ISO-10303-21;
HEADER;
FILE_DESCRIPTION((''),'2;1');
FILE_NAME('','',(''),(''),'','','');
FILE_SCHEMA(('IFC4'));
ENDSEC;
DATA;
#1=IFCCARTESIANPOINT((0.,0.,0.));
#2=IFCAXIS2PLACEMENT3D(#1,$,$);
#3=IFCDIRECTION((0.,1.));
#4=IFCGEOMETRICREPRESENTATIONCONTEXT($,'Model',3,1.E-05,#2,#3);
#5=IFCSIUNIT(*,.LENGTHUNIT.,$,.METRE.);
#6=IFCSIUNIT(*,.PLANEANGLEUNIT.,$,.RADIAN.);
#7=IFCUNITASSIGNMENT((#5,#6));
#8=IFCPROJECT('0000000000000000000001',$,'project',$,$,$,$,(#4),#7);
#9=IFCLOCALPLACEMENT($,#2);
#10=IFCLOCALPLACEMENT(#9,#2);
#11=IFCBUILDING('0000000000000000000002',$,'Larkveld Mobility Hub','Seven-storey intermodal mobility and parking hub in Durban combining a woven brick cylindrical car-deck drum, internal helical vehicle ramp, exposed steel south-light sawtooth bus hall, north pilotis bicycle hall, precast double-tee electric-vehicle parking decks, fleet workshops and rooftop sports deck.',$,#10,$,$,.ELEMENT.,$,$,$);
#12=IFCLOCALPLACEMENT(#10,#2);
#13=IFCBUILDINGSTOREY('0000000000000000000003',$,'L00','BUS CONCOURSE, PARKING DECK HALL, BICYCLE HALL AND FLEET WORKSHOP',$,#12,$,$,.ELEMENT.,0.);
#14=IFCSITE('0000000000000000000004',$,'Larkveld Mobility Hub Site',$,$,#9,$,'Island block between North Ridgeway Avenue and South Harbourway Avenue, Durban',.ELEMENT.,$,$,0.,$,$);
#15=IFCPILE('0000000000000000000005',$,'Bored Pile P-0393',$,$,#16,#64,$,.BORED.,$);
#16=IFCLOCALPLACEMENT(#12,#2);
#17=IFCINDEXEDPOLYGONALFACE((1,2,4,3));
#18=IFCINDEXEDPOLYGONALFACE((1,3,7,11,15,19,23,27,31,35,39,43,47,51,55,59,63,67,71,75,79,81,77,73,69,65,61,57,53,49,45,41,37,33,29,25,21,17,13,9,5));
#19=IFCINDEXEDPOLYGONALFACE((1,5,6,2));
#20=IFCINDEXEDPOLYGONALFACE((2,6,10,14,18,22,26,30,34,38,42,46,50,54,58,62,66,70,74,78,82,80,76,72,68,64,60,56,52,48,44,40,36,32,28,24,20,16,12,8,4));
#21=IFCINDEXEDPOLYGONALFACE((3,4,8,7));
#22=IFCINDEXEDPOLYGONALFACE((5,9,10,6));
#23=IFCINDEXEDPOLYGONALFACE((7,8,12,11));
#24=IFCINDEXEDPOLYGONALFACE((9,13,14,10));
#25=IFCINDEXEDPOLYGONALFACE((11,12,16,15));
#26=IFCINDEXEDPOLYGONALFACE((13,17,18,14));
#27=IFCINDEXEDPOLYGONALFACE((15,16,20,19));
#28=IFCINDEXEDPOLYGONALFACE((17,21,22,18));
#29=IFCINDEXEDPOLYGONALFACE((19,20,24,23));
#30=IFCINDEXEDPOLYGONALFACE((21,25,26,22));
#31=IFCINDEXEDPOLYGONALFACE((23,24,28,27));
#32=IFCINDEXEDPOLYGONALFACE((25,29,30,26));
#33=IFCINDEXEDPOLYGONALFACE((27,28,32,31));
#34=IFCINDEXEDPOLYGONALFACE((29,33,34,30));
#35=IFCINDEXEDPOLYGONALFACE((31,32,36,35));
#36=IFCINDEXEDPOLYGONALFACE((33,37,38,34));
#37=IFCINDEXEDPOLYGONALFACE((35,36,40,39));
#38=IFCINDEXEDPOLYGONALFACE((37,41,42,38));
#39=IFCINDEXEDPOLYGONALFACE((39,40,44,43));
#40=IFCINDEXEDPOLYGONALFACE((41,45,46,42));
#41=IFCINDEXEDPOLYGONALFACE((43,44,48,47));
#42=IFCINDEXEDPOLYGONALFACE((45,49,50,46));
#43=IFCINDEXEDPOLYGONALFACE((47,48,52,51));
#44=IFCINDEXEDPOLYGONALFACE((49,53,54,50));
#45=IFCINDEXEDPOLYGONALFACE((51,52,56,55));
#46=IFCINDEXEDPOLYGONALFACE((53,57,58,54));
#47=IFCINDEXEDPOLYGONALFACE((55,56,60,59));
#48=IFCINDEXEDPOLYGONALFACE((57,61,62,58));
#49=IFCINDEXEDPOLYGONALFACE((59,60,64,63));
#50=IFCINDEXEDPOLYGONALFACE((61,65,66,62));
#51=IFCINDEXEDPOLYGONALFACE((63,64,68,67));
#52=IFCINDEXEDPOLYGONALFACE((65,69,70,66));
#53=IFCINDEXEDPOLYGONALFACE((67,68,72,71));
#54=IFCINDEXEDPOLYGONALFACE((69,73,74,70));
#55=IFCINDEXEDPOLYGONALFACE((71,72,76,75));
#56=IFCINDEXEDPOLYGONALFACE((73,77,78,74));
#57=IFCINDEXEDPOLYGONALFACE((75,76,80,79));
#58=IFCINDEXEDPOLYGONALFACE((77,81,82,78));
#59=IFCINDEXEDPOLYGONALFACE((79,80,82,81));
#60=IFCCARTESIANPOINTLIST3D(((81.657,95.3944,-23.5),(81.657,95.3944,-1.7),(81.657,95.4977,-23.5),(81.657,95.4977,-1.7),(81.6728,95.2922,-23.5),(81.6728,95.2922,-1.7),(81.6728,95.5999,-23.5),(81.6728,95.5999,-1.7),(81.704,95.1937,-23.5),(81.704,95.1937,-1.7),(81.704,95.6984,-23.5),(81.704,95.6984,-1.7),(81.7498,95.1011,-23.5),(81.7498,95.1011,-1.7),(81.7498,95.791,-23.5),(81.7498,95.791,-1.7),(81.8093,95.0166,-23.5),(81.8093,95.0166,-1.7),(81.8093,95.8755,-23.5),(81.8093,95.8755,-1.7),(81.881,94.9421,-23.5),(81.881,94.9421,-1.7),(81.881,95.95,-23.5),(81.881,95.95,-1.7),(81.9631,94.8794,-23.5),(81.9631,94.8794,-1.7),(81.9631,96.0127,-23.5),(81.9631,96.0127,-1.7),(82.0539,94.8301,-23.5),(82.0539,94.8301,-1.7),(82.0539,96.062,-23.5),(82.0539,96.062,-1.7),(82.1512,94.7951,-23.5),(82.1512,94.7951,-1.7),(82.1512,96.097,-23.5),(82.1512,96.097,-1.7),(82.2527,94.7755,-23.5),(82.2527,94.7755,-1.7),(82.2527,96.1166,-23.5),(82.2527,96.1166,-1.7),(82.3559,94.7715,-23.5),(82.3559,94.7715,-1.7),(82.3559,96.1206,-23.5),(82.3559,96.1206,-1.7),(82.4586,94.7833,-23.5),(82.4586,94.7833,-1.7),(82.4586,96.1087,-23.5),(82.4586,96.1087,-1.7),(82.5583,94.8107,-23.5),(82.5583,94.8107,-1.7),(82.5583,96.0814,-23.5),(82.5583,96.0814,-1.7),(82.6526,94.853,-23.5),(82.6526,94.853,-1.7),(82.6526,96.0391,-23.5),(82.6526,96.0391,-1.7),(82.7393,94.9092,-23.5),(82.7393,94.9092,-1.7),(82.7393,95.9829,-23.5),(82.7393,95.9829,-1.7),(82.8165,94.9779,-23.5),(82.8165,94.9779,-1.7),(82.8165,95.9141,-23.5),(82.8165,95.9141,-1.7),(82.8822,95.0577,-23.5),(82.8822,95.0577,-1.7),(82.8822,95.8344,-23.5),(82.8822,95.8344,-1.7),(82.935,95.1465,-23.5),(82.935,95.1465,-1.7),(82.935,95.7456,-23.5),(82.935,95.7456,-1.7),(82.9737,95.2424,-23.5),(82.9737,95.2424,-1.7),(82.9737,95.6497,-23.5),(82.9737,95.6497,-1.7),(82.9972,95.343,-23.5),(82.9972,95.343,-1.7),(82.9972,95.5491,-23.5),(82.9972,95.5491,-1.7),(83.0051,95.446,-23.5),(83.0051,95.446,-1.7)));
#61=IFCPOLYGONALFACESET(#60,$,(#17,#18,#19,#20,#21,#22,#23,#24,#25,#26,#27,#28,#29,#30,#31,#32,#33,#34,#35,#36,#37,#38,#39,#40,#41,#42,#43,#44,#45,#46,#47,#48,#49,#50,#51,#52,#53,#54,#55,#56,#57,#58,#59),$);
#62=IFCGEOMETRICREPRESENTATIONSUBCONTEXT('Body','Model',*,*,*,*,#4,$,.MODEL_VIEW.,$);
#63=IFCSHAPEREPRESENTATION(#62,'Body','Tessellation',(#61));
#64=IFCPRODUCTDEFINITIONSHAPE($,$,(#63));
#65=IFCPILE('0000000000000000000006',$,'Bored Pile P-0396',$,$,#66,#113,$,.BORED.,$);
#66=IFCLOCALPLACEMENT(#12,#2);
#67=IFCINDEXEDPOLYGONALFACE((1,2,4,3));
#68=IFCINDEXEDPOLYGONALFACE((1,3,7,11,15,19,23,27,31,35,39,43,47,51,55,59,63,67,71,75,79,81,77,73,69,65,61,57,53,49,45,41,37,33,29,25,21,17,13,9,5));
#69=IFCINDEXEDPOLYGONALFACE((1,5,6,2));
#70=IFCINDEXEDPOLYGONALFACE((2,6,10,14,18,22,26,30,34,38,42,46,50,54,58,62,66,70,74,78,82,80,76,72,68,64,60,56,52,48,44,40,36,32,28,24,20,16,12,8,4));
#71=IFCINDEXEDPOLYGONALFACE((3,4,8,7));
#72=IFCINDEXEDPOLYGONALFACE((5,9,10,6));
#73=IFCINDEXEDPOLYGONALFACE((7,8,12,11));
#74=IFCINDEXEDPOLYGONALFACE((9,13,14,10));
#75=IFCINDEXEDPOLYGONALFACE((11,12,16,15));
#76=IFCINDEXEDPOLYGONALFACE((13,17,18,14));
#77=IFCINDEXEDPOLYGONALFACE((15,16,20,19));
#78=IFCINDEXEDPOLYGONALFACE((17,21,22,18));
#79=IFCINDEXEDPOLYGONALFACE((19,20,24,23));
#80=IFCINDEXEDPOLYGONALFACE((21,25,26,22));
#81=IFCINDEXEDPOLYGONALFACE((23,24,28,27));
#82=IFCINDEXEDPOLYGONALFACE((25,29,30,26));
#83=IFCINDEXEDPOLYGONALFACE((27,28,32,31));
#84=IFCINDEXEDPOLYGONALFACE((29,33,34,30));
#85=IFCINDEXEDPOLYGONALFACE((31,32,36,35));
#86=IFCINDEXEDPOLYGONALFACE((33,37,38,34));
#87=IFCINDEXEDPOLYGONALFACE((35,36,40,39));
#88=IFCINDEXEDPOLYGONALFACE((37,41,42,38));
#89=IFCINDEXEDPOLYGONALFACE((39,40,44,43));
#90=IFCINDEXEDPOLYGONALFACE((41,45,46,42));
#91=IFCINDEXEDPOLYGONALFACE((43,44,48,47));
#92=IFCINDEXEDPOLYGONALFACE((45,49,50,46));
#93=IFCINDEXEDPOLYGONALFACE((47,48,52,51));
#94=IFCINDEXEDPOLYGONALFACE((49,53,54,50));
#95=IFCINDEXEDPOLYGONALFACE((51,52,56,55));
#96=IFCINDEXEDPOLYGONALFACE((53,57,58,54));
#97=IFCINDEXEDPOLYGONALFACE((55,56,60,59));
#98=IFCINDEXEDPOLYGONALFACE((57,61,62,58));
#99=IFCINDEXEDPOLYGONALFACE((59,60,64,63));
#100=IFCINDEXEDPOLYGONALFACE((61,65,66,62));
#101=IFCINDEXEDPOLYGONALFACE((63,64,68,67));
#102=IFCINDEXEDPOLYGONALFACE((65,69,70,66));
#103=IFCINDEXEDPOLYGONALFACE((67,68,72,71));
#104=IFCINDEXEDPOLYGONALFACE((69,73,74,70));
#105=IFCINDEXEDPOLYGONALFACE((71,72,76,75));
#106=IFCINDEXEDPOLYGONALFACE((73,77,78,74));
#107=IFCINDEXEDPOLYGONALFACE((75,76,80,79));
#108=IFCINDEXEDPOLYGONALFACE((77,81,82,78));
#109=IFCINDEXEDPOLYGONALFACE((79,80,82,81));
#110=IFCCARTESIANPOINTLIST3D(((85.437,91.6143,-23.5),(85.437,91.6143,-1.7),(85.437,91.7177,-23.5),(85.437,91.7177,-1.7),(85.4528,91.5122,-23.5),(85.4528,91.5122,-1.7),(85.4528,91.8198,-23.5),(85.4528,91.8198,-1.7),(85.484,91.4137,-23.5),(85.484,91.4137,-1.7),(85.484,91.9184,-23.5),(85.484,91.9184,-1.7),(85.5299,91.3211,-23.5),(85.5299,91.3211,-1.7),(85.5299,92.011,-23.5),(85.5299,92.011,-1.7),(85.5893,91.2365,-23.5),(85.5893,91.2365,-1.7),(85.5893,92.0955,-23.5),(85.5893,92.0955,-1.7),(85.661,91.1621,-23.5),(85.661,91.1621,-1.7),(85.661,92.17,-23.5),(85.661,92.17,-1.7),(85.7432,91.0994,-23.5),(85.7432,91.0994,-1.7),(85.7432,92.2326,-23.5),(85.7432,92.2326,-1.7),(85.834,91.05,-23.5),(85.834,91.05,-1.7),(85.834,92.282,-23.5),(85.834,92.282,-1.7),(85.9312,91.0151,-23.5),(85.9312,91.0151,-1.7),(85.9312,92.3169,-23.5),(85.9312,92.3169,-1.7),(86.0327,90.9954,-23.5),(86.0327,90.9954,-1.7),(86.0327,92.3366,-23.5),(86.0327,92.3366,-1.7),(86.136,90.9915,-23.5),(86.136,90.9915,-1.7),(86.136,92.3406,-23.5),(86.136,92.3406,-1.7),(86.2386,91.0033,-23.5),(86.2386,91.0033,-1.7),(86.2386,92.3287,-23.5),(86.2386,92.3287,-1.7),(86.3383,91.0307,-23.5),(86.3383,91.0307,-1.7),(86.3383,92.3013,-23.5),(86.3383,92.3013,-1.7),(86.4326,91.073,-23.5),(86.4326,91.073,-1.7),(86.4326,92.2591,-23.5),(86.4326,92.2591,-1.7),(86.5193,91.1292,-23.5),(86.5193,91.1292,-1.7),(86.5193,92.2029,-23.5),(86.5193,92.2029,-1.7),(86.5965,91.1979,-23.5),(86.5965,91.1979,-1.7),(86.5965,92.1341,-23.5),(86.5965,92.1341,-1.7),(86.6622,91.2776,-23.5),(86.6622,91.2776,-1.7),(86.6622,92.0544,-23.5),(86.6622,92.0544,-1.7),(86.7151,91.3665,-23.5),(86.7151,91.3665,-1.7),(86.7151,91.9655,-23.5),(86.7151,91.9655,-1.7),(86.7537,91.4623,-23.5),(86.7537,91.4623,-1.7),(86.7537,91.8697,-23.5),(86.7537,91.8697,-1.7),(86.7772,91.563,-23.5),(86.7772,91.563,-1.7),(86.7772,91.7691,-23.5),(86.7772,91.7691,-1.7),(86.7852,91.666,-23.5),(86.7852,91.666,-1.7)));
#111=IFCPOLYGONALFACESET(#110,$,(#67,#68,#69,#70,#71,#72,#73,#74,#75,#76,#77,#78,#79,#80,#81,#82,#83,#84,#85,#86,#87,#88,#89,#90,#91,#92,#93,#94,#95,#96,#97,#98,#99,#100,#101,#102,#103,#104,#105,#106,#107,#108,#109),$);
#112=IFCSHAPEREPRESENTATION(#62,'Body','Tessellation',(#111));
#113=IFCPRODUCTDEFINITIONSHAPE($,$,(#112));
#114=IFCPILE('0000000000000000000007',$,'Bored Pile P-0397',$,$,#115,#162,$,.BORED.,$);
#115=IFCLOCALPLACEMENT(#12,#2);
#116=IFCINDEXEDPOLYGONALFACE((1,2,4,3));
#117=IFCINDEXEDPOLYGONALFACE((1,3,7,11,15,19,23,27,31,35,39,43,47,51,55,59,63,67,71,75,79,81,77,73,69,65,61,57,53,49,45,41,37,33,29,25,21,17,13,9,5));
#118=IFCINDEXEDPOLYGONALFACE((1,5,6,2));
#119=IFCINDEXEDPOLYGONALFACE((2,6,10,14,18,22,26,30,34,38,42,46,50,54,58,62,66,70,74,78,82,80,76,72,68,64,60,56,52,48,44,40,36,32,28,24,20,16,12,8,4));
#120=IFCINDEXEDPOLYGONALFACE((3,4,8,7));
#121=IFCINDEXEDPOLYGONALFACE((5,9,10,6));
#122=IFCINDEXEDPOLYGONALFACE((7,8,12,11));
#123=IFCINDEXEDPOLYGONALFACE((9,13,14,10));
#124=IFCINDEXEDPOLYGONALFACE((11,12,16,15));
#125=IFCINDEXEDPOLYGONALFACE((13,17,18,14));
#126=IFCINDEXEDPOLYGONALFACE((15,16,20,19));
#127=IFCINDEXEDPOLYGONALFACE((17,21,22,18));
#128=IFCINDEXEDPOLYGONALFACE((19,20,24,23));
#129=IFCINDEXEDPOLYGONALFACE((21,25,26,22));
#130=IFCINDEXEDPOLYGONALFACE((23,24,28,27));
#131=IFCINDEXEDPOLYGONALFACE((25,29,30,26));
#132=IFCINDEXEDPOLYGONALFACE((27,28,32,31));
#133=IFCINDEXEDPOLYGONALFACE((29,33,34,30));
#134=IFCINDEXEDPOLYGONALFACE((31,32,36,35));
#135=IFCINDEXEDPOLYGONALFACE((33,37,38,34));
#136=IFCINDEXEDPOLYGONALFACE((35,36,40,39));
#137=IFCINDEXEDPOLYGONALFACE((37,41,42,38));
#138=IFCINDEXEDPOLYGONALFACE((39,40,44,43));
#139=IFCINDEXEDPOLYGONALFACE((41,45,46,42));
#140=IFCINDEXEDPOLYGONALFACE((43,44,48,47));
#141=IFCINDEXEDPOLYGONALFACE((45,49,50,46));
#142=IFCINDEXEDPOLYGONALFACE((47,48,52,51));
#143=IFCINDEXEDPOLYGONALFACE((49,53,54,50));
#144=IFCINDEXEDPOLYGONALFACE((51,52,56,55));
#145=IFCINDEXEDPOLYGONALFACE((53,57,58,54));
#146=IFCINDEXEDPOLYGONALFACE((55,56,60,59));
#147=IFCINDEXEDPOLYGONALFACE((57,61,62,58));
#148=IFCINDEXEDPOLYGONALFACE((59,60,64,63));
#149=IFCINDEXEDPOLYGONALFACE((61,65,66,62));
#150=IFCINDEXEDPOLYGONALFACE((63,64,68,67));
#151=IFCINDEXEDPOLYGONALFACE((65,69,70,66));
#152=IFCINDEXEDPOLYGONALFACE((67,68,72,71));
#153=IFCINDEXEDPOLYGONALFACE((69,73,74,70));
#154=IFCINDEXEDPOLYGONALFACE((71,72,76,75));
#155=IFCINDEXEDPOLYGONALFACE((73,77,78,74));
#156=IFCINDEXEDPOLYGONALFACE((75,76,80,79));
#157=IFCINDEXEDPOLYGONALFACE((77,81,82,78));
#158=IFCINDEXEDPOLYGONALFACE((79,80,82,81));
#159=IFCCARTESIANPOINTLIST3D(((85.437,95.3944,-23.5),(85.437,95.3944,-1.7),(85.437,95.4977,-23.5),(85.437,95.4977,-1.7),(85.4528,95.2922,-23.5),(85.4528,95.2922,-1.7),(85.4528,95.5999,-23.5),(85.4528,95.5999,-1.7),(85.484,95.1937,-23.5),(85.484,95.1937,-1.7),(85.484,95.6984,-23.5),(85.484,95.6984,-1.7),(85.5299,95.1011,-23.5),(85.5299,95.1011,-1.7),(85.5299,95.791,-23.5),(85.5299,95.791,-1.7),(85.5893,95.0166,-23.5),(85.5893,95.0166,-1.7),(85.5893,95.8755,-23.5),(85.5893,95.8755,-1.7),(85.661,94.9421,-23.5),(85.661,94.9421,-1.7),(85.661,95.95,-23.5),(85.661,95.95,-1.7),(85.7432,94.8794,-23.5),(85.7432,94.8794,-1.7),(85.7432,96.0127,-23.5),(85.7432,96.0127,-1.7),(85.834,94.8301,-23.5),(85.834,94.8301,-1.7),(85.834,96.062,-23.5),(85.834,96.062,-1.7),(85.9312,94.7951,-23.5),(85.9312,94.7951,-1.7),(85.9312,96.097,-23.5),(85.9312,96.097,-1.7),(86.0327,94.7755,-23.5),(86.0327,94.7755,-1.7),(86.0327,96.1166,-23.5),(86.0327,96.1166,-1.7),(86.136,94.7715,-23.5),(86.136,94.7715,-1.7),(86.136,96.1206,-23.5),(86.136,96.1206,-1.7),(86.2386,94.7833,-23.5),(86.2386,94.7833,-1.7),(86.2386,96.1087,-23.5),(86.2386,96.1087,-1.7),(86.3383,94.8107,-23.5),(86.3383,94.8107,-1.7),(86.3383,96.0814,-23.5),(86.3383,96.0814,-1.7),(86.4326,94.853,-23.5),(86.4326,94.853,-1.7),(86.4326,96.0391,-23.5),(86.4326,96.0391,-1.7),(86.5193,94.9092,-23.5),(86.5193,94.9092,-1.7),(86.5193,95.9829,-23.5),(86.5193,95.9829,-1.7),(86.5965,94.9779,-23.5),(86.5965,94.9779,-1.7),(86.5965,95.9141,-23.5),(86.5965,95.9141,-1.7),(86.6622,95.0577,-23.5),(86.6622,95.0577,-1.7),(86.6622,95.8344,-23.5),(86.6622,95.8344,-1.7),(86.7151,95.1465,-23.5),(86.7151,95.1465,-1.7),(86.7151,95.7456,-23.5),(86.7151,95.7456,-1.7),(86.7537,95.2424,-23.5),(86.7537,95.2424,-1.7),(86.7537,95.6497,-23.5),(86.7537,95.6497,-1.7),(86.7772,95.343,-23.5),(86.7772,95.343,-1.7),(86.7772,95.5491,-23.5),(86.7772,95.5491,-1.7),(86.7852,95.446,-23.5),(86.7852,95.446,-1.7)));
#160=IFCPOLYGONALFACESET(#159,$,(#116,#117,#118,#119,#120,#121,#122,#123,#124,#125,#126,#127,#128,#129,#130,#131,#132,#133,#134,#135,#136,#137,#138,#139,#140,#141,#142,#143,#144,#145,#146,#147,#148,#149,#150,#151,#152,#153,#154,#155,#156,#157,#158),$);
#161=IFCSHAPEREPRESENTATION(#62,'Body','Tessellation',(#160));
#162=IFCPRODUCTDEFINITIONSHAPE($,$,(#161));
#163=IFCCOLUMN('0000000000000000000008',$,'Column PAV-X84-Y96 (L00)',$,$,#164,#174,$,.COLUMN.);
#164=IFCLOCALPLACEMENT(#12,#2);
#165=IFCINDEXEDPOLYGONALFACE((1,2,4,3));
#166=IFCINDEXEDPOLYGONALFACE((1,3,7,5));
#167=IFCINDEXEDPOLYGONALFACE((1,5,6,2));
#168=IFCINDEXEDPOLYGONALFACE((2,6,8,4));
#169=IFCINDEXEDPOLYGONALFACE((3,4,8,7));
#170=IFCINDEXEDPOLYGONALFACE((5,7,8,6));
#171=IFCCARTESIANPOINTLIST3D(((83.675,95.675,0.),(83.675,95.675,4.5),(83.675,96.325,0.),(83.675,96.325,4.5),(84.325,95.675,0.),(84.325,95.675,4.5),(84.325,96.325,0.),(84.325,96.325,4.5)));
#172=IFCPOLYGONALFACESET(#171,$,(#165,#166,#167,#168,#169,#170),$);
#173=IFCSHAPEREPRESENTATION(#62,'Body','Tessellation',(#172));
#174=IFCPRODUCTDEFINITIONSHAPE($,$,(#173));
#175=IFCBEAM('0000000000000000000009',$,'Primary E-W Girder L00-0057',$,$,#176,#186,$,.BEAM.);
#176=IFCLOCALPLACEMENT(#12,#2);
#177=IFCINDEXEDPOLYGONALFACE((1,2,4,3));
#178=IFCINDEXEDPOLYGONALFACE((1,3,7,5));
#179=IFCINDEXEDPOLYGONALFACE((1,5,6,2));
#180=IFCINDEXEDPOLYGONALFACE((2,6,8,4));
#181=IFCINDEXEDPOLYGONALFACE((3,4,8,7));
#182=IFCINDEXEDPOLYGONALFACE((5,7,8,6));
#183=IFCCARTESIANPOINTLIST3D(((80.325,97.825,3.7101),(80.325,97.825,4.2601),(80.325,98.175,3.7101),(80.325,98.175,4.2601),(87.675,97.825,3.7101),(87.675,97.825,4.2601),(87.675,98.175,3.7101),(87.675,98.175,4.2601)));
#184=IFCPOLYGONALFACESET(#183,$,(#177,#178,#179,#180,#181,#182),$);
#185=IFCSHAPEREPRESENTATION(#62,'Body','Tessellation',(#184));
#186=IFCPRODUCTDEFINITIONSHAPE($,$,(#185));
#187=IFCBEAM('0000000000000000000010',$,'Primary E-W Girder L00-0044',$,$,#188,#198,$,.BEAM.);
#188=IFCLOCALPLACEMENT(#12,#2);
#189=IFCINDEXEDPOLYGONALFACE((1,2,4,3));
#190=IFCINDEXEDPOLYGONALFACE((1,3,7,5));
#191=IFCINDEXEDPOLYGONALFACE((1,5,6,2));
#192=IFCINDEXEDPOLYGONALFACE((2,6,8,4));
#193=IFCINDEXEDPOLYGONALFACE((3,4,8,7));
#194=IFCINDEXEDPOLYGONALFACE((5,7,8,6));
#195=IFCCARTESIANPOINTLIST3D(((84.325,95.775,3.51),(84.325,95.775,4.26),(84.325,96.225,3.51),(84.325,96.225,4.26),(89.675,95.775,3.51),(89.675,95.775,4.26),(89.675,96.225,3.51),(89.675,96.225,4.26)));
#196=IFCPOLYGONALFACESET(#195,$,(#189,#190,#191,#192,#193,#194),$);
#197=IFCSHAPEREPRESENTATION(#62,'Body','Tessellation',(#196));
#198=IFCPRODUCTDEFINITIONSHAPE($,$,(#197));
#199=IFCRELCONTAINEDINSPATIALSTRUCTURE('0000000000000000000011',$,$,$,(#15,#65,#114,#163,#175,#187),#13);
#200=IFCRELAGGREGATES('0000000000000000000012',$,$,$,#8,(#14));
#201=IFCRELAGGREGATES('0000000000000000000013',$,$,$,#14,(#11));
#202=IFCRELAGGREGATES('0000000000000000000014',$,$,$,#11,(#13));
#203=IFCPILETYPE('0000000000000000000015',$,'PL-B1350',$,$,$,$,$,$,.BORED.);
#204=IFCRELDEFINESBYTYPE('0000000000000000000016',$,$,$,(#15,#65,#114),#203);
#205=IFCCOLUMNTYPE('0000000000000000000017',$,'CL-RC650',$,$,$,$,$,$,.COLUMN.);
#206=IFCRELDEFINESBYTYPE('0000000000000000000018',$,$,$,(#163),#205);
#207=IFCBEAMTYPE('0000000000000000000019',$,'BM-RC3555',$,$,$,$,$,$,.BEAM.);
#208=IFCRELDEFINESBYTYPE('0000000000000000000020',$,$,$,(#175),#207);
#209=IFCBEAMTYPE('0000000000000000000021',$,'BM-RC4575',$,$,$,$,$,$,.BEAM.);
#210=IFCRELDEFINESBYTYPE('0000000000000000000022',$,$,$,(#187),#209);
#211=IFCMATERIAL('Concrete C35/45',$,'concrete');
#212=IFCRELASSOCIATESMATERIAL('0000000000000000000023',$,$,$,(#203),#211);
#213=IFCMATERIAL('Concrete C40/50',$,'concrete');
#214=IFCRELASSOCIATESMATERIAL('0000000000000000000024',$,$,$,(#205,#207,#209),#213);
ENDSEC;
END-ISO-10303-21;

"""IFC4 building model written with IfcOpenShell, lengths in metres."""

from ifc_helpers import new_model, si_unit, direction, frame, origin, origin_2d, place, context, subcontext, project, spatial, rectangle, circle, extrude, material, material_profile, profile_set, type_object, element, save


model = new_model("IFC4")

# Units and contexts
model_context = context("Model", 3, precision=1e-05, world=origin(), true_north=direction((0.0, 1.0)))
body_context = subcontext(model_context, "Body", "Model", "MODEL_VIEW")
ifc_project = project(units=[si_unit("LENGTHUNIT", "METRE"), si_unit("PLANEANGLEUNIT", "RADIAN")], contexts=[model_context])

# Site, building, storey
site_placement = place(None, origin())
site = spatial("IfcSite", under=ifc_project, at=site_placement, Name="Larkveld Mobility Hub Site", LongName="Island block between North Ridgeway Avenue and South Harbourway Avenue, Durban", CompositionType="ELEMENT", RefElevation=0.0)
building_placement = place(site_placement, origin())
building = spatial("IfcBuilding", under=site, at=building_placement, Name="Larkveld Mobility Hub", Description="Seven-storey intermodal mobility and parking hub in Durban combining a woven brick cylindrical car-deck drum, internal helical vehicle ramp, exposed steel south-light sawtooth bus hall, north pilotis bicycle hall, precast double-tee electric-vehicle parking decks, fleet workshops and rooftop sports deck.", CompositionType="ELEMENT")
storey_placement = place(building_placement, origin())
storey = spatial("IfcBuildingStorey", under=building, at=storey_placement, Name="L00", Description="BUS CONCOURSE, PARKING DECK HALL, BICYCLE HALL AND FLEET WORKSHOP", CompositionType="ELEMENT", Elevation=0.0)

# Piles
ifc_material_1 = material(Name="Concrete C35/45", Category="concrete")
ifc_material_profile_1 = material_profile(ifc_material_1, circle(Radius=0.675, at=origin_2d()), Name="PILE D1350")
ifc_profile_set_1 = profile_set([ifc_material_profile_1], Name="Concrete C35/45")
pile_type = type_object("IfcPileType", Name="PL-B1350", PredefinedType="BORED", material=ifc_profile_set_1)
for number, where, z_axis, x_axis, name in (
    (1, (82.3301, 95.446, -1.7), (0.0, 0.0, -1.0), (1.0, 0.0, 0.0), "Bored Pile P-0393"),
    (2, (86.1101, 91.666, -1.7), (0.0, 0.0, -1.0), (1.0, 0.0, 0.0), "Bored Pile P-0396"),
    (3, (86.1101, 95.446, -1.7), (0.0, 0.0, -1.0), (1.0, 0.0, 0.0), "Bored Pile P-0397"),
):
    element("IfcPile", number, at=place(storey_placement, frame(where, z_axis=z_axis, x_axis=x_axis)), inside=storey, type_object=pile_type, Name=name, PredefinedType="BORED", context=body_context, shape_type="SweptSolid", body=[
        extrude(circle(Radius=0.675, at=origin_2d()), origin(), (0.0, 0.0, 1.0), 21.8),
    ])

# Column
ifc_material_2 = material(Name="Concrete C40/50", Category="concrete")
ifc_material_profile_2 = material_profile(ifc_material_2, rectangle(XDim=0.6499, YDim=0.6499, at=origin_2d()), Name="RC COL 650x650")
ifc_profile_set_2 = profile_set([ifc_material_profile_2], Name="Concrete C40/50")
column_type = type_object("IfcColumnType", Name="CL-RC650", PredefinedType="COLUMN", material=ifc_profile_set_2)
column_placement = place(storey_placement, frame((84.0, 96.0, 0.0), z_axis=(0.0, 0.0, 1.0), x_axis=(1.0, 0.0, 0.0)))
element("IfcColumn", 4, at=column_placement, inside=storey, type_object=column_type, Name="Column PAV-X84-Y96 (L00)", PredefinedType="COLUMN", context=body_context, shape_type="SweptSolid", body=[
    extrude(rectangle(XDim=0.6499, YDim=0.6499, at=origin_2d()), origin(), (0.0, 0.0, 1.0), 4.5),
])

# Beams
ifc_material_profile_3 = material_profile(ifc_material_2, rectangle(XDim=0.3501, YDim=0.55, at=origin_2d()), Name="RC BM 350x550")
ifc_profile_set_3 = profile_set([ifc_material_profile_3], Name="Concrete C40/50")
beam_type_1 = type_object("IfcBeamType", Name="BM-RC3555", PredefinedType="BEAM", material=ifc_profile_set_3)
beam_1_placement = place(storey_placement, frame((80.325, 98.0, 3.9851), z_axis=(1.0, 0.0, 0.0), x_axis=(0.0, 1.0, 0.0)))
element("IfcBeam", 5, at=beam_1_placement, inside=storey, type_object=beam_type_1, Name="Primary E-W Girder L00-0057", PredefinedType="BEAM", context=body_context, shape_type="SweptSolid", body=[
    extrude(rectangle(XDim=0.3501, YDim=0.55, at=origin_2d()), origin(), (0.0, 0.0, 1.0), 7.3501),
])
ifc_material_profile_4 = material_profile(ifc_material_2, rectangle(XDim=0.45, YDim=0.75, at=origin_2d()), Name="RC BM 450x750")
ifc_profile_set_4 = profile_set([ifc_material_profile_4], Name="Concrete C40/50")
beam_type_2 = type_object("IfcBeamType", Name="BM-RC4575", PredefinedType="BEAM", material=ifc_profile_set_4)
beam_2_placement = place(storey_placement, frame((84.325, 96.0, 3.885), z_axis=(1.0, 0.0, 0.0), x_axis=(0.0, 1.0, 0.0)))
element("IfcBeam", 6, at=beam_2_placement, inside=storey, type_object=beam_type_2, Name="Primary E-W Girder L00-0044", PredefinedType="BEAM", context=body_context, shape_type="SweptSolid", body=[
    extrude(rectangle(XDim=0.45, YDim=0.75, at=origin_2d()), origin(), (0.0, 0.0, 1.0), 5.3501),
])

save(model, "model.ifc")
